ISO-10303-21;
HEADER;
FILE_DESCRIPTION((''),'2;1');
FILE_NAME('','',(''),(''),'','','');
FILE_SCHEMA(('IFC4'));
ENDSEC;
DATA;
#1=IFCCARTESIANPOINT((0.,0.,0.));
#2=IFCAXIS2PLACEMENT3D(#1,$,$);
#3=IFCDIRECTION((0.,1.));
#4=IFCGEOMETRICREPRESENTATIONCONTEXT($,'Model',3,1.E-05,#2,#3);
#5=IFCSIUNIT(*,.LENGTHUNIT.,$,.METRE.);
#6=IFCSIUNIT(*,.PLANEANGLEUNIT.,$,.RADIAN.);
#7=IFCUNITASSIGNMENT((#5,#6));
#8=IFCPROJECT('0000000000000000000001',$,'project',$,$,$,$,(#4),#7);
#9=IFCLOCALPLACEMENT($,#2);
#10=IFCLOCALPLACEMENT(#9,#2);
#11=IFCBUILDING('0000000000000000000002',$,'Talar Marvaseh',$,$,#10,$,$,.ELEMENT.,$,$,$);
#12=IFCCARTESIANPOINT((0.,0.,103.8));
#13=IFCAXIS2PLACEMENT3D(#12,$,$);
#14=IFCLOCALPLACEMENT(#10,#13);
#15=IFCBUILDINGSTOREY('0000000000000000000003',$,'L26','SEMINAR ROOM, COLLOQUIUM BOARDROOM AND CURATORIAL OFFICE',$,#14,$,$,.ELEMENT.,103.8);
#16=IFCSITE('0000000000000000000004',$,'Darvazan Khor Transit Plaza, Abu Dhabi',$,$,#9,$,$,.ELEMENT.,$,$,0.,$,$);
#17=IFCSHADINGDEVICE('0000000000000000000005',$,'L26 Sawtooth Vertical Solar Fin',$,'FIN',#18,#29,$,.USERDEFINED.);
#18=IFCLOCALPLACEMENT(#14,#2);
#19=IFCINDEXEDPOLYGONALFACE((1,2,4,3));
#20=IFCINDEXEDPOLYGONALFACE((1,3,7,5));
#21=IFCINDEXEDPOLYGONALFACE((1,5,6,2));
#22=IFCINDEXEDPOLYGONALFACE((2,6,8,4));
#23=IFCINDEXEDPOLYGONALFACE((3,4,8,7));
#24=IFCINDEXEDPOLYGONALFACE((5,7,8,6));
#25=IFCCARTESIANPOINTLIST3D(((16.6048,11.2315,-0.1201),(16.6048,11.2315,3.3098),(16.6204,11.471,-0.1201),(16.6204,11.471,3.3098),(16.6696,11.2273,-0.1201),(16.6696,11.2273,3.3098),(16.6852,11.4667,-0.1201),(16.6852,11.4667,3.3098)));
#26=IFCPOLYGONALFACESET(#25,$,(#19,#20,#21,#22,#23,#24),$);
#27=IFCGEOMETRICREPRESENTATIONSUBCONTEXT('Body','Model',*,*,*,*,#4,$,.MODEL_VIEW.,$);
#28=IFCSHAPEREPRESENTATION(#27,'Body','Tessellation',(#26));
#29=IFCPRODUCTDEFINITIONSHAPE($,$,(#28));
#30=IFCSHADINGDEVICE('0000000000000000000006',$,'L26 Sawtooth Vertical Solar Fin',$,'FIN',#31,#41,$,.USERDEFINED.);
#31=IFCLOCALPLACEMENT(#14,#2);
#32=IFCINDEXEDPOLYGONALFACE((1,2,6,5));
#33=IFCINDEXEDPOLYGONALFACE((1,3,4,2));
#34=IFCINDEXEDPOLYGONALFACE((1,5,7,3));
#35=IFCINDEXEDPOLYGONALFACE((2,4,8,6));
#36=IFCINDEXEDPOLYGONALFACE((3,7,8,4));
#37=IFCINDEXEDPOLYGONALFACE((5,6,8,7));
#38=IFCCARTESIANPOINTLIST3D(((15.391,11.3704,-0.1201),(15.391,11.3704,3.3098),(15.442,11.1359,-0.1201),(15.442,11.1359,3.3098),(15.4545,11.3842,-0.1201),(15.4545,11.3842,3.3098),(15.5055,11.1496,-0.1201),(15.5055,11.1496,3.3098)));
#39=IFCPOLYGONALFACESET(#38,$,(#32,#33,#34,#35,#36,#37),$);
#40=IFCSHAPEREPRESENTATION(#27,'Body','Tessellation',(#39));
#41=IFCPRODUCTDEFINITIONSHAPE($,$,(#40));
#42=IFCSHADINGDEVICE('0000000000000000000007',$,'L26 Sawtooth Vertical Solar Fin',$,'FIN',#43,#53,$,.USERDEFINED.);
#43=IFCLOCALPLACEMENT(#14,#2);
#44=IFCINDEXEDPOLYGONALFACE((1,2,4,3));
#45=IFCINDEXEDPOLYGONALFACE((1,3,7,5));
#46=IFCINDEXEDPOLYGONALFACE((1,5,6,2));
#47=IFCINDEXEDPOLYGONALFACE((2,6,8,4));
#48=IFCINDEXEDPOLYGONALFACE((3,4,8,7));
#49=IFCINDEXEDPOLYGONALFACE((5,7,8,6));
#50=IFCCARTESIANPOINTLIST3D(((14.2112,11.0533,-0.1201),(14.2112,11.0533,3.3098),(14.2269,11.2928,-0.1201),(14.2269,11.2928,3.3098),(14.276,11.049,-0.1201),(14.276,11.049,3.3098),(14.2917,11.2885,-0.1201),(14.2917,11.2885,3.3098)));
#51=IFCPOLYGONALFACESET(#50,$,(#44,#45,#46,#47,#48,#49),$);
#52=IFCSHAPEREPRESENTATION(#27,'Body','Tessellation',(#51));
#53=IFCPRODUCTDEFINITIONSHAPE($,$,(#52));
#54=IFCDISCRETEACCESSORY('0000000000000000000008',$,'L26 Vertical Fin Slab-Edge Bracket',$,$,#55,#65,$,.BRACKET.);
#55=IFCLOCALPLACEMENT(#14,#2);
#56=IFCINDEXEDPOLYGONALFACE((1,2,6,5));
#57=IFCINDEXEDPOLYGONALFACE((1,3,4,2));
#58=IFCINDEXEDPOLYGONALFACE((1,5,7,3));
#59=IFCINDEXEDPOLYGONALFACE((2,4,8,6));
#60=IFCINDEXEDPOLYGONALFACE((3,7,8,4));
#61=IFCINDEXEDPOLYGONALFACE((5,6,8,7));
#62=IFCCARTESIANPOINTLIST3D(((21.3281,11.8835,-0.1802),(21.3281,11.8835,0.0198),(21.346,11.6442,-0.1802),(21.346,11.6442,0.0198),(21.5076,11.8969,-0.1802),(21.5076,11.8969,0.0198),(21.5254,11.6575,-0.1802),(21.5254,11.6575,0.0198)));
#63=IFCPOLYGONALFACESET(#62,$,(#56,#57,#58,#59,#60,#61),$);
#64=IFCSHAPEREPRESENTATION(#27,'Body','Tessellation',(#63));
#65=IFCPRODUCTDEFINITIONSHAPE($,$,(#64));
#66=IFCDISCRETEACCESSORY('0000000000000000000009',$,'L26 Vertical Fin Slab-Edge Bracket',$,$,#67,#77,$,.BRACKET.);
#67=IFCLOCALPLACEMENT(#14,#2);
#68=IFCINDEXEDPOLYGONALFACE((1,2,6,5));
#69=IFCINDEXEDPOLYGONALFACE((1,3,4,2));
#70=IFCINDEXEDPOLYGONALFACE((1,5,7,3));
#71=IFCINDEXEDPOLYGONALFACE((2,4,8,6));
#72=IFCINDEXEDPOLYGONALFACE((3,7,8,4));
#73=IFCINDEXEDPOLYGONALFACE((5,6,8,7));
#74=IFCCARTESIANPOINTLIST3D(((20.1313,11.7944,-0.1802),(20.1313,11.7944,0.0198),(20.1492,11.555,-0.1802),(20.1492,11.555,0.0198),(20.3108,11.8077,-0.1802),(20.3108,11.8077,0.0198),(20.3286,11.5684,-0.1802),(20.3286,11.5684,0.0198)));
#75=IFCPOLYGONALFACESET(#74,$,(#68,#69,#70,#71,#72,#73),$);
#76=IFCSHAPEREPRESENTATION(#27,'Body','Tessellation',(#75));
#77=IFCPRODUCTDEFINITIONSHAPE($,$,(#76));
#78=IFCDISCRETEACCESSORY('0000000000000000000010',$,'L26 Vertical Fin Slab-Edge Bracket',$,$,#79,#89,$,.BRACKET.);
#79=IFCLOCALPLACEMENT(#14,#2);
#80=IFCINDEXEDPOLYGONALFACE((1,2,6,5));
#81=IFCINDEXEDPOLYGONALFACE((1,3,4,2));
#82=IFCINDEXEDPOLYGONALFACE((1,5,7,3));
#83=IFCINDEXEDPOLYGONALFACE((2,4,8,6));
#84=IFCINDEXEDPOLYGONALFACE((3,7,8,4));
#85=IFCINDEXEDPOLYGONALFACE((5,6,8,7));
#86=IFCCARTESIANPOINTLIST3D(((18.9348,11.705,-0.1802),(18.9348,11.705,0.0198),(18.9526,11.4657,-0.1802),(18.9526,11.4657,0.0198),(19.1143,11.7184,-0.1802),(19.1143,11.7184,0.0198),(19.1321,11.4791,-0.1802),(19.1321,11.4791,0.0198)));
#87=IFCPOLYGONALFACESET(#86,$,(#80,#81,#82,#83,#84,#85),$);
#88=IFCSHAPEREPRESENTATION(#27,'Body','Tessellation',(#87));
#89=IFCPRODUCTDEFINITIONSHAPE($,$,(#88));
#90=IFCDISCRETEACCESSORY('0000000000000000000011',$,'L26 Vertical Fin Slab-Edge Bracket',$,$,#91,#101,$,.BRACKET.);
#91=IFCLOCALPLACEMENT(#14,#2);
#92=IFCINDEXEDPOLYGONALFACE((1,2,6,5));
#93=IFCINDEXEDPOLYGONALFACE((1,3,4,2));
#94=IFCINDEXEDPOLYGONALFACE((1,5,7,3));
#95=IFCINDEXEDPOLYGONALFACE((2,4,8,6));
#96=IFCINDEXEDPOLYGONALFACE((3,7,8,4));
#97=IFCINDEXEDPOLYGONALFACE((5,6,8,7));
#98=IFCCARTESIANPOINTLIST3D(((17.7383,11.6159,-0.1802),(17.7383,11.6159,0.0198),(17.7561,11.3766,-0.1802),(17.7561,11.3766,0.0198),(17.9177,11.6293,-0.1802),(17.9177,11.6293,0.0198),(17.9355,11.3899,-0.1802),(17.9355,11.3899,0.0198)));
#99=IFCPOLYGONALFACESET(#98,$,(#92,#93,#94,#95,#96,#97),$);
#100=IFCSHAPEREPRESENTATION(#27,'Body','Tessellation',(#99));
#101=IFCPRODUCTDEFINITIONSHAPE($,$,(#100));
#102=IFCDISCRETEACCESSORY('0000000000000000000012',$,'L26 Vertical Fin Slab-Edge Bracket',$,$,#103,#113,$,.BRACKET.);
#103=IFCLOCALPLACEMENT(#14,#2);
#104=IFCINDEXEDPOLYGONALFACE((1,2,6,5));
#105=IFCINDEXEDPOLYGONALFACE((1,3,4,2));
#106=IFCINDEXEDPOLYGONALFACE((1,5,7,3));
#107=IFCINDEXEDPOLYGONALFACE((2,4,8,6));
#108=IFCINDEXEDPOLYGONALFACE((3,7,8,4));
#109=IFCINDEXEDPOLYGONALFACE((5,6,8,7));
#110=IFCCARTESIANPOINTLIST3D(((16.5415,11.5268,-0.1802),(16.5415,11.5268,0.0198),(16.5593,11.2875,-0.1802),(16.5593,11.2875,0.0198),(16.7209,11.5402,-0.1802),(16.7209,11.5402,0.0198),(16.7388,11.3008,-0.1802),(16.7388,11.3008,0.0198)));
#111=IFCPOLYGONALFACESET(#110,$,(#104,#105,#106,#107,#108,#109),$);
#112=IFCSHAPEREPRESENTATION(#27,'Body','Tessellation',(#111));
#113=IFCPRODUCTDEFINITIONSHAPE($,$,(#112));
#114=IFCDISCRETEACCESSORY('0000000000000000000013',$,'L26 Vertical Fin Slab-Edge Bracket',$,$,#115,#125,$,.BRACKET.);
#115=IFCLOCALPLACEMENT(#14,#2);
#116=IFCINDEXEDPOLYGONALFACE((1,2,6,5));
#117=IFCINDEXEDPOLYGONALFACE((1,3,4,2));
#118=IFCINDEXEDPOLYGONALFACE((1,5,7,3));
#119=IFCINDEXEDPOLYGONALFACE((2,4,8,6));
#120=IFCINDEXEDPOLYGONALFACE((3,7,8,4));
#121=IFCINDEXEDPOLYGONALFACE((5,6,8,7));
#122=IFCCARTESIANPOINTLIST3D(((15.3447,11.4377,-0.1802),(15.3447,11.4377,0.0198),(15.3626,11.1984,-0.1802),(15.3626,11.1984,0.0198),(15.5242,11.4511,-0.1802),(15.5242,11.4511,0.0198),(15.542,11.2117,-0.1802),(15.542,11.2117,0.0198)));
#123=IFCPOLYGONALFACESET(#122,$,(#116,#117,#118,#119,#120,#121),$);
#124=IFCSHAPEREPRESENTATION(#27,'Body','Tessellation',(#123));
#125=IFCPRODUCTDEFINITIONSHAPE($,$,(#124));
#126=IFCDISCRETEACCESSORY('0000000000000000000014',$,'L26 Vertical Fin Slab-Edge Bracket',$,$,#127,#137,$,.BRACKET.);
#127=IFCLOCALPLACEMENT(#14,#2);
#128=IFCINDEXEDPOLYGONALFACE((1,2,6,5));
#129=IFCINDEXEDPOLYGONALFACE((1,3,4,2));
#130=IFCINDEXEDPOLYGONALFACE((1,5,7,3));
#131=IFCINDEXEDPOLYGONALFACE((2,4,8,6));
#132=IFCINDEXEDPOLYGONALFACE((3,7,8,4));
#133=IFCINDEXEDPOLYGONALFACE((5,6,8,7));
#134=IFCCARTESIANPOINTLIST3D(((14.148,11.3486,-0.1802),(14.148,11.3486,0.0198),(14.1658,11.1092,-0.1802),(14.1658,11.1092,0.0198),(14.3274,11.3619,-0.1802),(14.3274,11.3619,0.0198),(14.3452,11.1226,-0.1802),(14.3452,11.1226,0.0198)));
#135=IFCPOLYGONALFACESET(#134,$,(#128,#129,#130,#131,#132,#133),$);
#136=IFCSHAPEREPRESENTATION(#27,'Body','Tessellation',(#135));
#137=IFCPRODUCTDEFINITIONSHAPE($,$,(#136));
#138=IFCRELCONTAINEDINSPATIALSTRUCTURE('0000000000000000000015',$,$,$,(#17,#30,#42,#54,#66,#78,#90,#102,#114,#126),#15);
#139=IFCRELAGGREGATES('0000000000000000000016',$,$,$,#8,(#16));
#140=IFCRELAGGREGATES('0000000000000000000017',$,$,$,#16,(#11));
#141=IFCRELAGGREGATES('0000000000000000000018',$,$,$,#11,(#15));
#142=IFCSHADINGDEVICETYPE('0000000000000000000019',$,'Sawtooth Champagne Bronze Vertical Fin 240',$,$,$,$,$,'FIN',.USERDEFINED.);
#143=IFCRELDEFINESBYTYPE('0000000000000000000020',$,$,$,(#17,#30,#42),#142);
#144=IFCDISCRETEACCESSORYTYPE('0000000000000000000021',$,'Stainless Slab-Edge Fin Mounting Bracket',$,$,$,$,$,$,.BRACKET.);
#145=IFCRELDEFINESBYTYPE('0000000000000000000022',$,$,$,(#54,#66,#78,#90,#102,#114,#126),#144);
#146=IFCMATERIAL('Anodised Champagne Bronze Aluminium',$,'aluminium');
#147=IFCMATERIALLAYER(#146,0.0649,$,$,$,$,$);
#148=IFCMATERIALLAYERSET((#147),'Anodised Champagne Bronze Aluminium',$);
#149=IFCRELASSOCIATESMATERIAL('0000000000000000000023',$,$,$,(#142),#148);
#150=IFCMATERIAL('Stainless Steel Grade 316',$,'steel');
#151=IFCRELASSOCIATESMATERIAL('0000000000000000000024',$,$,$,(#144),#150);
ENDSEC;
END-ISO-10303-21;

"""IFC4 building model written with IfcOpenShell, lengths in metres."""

from ifc_helpers import new_model, si_unit, direction, frame, origin, origin_2d, place, context, subcontext, project, spatial, rectangle, extrude, source, transform, mapped, material, layer, layer_set, type_object, type_shapes, element, save


model = new_model("IFC4")

# Units and contexts
model_context = context("Model", 3, precision=1e-05, world=origin(), true_north=direction((0.0, 1.0)))
body_context = subcontext(model_context, "Body", "Model", "MODEL_VIEW")
ifc_project = project(units=[si_unit("LENGTHUNIT", "METRE"), si_unit("PLANEANGLEUNIT", "RADIAN")], contexts=[model_context])

# Site, building, storey
site_placement = place(None, origin())
site = spatial("IfcSite", under=ifc_project, at=site_placement, Name="Darvazan Khor Transit Plaza, Abu Dhabi", CompositionType="ELEMENT", RefElevation=0.0)
building_placement = place(site_placement, origin())
building = spatial("IfcBuilding", under=site, at=building_placement, Name="Talar Marvaseh", CompositionType="ELEMENT")
storey_placement = place(building_placement, frame((0.0, 0.0, 103.8)))
storey = spatial("IfcBuildingStorey", under=building, at=storey_placement, Name="L26", Description="SEMINAR ROOM, COLLOQUIUM BOARDROOM AND CURATORIAL OFFICE", CompositionType="ELEMENT", Elevation=103.8)

# Shading devices
ifc_material_1 = material(Name="Anodised Champagne Bronze Aluminium", Category="aluminium")
ifc_layer_1 = layer(ifc_material_1, 0.0649)
ifc_layer_set_1 = layer_set([ifc_layer_1], Name="Anodised Champagne Bronze Aluminium")
shading_device_type = type_object("IfcShadingDeviceType", Name="Sawtooth Champagne Bronze Vertical Fin 240", ElementType="FIN", PredefinedType="USERDEFINED", material=ifc_layer_set_1)
shared_shape_1 = source(origin(), body_context, "Body", "SweptSolid", [
    extrude(rectangle(XDim=0.24, YDim=0.0649, at=origin_2d()), origin(), (0.0, 0.0, 1.0), 3.4299),
])
type_shapes(shading_device_type, [shared_shape_1])
for number, where, z_axis, x_axis, name in (
    (1, (16.645, 11.3491, -0.1201), (0.0, 0.0, 1.0), (-0.065229, -0.99787, 0.0), "L26 Sawtooth Vertical Solar Fin"),
    (2, (15.4482, 11.26, -0.1201), (0.0, 0.0, 1.0), (0.212348, -0.977194, 0.0), "L26 Sawtooth Vertical Solar Fin"),
    (3, (14.2515, 11.1709, -0.1201), (0.0, 0.0, 1.0), (-0.065229, -0.99787, 0.0), "L26 Sawtooth Vertical Solar Fin"),
):
    element("IfcShadingDevice", number, at=place(storey_placement, frame(where, z_axis=z_axis, x_axis=x_axis)), inside=storey, type_object=shading_device_type, Name=name, ObjectType="FIN", PredefinedType="USERDEFINED", context=body_context, shape_type="MappedRepresentation", body=[
        mapped(shared_shape_1, transform((0.0, 0.0, 0.0), x_axis=(1.0, 0.0, 0.0), y_axis=(0.0, 1.0, 0.0), z_axis=(0.0, 0.0, 1.0), scale=1.0)),
    ])

# Discrete accessories
ifc_material_2 = material(Name="Stainless Steel Grade 316", Category="steel")
discrete_accessory_type = type_object("IfcDiscreteAccessoryType", Name="Stainless Slab-Edge Fin Mounting Bracket", PredefinedType="BRACKET", material=ifc_material_2)
shared_shape_2 = source(origin(), body_context, "Body", "SweptSolid", [
    extrude(rectangle(XDim=0.24, YDim=0.1799, at=origin_2d()), origin(), (0.0, 0.0, 1.0), 0.2),
])
type_shapes(discrete_accessory_type, [shared_shape_2])
for number, where, z_axis, x_axis, name in (
    (4, (21.4268, 11.7705, -0.1802), (0.0, 0.0, 1.0), (0.074283, -0.997237, 0.0), "L26 Vertical Fin Slab-Edge Bracket"),
    (5, (20.23, 11.6814, -0.1802), (0.0, 0.0, 1.0), (0.074283, -0.997237, 0.0), "L26 Vertical Fin Slab-Edge Bracket"),
    (6, (19.0334, 11.592, -0.1802), (0.0, 0.0, 1.0), (0.074283, -0.997237, 0.0), "L26 Vertical Fin Slab-Edge Bracket"),
    (7, (17.8369, 11.5029, -0.1802), (0.0, 0.0, 1.0), (0.074283, -0.997237, 0.0), "L26 Vertical Fin Slab-Edge Bracket"),
    (8, (16.6401, 11.4138, -0.1802), (0.0, 0.0, 1.0), (0.074283, -0.997237, 0.0), "L26 Vertical Fin Slab-Edge Bracket"),
    (9, (15.4434, 11.3247, -0.1802), (0.0, 0.0, 1.0), (0.074283, -0.997237, 0.0), "L26 Vertical Fin Slab-Edge Bracket"),
    (10, (14.2466, 11.2356, -0.1802), (0.0, 0.0, 1.0), (0.074283, -0.997237, 0.0), "L26 Vertical Fin Slab-Edge Bracket"),
):
    element("IfcDiscreteAccessory", number, at=place(storey_placement, frame(where, z_axis=z_axis, x_axis=x_axis)), inside=storey, type_object=discrete_accessory_type, Name=name, PredefinedType="BRACKET", context=body_context, shape_type="MappedRepresentation", body=[
        mapped(shared_shape_2, transform((0.0, 0.0, 0.0), x_axis=(1.0, 0.0, 0.0), y_axis=(0.0, 1.0, 0.0), z_axis=(0.0, 0.0, 1.0), scale=1.0)),
    ])

save(model, "model.ifc")
